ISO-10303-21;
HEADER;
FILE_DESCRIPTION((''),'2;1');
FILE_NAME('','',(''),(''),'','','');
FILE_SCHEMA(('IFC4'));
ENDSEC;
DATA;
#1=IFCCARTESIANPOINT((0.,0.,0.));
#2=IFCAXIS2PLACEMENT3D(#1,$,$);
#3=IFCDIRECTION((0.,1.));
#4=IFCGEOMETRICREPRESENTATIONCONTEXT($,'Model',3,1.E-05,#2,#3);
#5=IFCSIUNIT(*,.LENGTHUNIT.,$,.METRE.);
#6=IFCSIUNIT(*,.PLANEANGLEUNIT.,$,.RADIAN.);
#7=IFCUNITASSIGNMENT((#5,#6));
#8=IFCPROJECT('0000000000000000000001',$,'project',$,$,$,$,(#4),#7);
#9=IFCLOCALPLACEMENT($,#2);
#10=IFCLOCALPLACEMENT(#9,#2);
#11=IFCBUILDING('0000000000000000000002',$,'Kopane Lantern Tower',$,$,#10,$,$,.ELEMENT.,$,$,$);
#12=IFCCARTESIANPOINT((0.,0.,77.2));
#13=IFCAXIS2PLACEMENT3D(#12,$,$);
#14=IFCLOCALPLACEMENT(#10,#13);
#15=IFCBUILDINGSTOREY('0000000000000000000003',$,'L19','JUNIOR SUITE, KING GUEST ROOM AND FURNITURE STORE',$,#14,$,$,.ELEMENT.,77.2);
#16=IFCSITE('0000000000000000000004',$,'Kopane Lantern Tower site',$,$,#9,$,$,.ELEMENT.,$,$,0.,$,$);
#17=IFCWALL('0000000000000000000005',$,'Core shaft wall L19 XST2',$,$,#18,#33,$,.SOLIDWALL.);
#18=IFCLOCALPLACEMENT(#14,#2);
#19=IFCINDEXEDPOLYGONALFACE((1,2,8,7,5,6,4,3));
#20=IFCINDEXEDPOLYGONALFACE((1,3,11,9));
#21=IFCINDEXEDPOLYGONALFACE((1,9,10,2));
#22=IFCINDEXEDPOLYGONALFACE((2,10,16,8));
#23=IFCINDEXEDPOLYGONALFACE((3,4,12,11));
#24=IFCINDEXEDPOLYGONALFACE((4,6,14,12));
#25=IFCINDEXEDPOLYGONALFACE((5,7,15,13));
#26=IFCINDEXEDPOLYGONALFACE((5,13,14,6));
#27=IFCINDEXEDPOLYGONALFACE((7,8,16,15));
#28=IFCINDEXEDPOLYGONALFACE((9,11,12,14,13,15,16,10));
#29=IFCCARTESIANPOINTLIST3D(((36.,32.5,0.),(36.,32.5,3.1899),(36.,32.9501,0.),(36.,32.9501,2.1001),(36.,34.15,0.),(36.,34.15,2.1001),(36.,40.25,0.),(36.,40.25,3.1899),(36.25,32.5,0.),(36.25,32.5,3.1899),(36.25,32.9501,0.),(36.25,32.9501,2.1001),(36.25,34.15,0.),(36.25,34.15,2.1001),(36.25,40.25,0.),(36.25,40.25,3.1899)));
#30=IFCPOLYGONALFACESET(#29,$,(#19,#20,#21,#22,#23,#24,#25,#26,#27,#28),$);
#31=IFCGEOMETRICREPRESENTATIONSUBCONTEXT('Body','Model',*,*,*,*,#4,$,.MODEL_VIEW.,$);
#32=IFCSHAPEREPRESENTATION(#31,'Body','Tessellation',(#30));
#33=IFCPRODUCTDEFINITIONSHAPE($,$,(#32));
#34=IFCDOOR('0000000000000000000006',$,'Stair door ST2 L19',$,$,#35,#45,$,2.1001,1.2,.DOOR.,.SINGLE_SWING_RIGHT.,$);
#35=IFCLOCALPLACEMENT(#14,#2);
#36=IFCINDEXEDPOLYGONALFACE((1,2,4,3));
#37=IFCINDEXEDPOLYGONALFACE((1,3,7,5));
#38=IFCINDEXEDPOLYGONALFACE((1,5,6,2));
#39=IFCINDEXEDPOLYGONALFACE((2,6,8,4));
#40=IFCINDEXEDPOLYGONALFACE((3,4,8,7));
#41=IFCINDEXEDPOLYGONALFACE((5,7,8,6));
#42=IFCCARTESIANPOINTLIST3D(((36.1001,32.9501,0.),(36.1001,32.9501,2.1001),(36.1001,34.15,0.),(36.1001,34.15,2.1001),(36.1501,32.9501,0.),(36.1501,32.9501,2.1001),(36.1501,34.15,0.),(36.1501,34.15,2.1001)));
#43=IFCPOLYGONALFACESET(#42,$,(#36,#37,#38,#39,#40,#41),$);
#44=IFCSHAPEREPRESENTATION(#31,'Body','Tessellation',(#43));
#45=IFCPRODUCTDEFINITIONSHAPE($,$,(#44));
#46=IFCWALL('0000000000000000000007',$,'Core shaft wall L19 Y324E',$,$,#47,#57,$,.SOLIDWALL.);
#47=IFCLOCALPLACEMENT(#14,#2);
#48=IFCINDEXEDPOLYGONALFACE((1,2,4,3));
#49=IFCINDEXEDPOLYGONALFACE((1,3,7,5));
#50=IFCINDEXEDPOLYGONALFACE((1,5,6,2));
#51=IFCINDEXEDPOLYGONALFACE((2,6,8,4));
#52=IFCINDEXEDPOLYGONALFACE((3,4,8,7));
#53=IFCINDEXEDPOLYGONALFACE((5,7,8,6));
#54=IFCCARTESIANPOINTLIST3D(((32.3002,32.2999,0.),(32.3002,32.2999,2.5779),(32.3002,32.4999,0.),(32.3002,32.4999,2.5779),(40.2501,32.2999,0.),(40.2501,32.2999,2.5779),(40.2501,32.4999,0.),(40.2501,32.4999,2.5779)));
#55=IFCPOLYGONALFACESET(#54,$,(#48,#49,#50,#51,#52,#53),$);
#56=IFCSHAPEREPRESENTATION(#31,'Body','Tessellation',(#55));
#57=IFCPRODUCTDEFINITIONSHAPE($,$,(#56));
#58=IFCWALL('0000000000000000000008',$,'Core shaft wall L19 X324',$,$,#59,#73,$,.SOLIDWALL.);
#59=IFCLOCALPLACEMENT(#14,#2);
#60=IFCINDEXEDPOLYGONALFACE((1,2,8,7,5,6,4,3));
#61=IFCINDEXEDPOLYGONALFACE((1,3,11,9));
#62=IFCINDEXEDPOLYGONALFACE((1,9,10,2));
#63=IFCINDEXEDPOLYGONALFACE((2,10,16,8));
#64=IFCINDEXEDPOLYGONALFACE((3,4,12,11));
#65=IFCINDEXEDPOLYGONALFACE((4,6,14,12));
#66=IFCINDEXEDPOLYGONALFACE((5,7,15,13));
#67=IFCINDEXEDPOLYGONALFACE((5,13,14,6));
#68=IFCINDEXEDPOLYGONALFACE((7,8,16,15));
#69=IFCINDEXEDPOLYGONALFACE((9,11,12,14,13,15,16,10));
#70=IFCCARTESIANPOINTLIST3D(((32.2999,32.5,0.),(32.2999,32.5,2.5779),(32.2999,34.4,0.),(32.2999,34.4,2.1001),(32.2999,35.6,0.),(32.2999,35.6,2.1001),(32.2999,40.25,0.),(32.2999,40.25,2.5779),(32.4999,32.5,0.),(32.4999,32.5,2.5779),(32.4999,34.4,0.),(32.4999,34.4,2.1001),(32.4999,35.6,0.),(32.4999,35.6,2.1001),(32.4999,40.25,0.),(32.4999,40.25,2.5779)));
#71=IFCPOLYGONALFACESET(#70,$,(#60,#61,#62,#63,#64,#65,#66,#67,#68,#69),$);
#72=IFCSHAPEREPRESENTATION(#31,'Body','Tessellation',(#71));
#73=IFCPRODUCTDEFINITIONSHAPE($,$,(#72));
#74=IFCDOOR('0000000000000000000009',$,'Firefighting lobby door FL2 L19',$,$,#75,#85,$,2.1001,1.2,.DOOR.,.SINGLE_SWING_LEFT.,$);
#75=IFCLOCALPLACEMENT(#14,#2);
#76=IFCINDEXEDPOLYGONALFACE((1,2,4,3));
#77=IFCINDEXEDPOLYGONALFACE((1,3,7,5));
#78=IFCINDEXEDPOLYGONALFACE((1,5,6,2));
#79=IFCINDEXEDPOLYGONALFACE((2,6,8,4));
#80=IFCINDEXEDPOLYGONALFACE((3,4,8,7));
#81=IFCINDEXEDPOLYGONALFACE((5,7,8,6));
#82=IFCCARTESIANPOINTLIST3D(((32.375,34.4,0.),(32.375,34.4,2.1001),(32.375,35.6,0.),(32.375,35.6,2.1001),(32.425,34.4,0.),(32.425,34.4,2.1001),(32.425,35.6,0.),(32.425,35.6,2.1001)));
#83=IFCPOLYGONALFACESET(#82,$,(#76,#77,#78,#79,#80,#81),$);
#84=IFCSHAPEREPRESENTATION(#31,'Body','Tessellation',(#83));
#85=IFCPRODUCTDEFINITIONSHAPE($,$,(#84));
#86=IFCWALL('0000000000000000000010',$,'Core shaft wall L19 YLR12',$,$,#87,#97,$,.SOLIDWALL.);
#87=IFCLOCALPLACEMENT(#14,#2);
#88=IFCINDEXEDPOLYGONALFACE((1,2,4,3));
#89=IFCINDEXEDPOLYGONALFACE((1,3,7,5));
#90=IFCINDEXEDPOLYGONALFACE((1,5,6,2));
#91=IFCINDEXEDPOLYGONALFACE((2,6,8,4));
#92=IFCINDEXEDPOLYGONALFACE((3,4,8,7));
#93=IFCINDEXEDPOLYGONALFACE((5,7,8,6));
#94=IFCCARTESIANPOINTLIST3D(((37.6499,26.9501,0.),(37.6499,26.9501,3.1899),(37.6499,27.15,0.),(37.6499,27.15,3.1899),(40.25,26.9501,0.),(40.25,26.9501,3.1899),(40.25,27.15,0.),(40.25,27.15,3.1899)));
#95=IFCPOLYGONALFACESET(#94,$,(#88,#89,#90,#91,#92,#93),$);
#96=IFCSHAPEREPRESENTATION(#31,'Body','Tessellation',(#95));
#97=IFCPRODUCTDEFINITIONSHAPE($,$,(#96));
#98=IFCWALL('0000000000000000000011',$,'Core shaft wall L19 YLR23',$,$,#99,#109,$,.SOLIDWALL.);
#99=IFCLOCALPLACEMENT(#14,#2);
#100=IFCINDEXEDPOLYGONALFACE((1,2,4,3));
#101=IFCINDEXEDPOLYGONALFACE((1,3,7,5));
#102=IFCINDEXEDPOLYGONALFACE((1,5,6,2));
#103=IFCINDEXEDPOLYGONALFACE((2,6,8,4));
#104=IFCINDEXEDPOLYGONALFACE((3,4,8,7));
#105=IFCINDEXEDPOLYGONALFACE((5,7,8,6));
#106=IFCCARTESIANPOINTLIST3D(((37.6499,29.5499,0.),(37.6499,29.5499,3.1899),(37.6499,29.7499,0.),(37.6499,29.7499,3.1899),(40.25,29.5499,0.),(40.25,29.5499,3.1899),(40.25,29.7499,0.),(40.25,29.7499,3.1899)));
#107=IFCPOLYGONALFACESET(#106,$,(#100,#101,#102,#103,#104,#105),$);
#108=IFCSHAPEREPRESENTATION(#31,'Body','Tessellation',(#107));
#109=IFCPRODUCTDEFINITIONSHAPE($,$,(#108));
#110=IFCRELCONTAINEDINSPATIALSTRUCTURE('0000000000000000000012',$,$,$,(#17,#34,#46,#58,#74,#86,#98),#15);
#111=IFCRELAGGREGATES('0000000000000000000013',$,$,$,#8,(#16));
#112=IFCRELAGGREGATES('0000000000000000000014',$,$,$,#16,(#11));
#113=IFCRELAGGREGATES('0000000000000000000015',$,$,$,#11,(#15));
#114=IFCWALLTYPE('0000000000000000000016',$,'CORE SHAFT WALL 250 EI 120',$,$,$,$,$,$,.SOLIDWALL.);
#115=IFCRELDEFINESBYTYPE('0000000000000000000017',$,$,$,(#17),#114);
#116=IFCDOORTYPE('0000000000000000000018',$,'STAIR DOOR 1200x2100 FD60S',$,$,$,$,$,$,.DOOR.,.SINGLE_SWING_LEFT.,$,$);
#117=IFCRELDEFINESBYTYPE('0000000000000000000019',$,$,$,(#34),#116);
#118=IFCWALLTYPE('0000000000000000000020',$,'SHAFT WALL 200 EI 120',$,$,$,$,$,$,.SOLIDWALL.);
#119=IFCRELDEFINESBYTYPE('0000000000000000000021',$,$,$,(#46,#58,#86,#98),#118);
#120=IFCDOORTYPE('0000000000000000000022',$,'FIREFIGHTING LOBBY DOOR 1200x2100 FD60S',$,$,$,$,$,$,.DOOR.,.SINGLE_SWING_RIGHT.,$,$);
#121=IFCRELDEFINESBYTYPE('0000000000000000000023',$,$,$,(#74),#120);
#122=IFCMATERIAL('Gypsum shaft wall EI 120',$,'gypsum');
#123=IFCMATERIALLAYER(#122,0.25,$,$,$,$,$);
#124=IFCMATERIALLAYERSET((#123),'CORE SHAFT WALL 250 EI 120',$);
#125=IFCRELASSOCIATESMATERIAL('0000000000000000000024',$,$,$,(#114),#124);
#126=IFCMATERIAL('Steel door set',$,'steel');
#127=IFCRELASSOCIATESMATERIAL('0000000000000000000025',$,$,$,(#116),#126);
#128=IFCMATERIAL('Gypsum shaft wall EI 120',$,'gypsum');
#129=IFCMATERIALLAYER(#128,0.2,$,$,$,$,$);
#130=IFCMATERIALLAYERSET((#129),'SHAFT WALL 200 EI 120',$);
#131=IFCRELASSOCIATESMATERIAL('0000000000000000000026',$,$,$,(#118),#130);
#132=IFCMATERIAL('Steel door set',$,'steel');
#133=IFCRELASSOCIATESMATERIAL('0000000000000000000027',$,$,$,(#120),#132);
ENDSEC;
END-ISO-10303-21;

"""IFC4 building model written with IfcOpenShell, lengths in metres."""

from ifc_helpers import new_model, si_unit, direction, frame, frame_2d, origin, place, context, subcontext, project, spatial, rectangle, extrude, material, layer, layer_set, type_object, element, fill, save


model = new_model("IFC4")

# Units and contexts
model_context = context("Model", 3, precision=1e-05, world=origin(), true_north=direction((0.0, 1.0)))
body_context = subcontext(model_context, "Body", "Model", "MODEL_VIEW")
ifc_project = project(units=[si_unit("LENGTHUNIT", "METRE"), si_unit("PLANEANGLEUNIT", "RADIAN")], contexts=[model_context])

# Site, building, storey
site_placement = place(None, origin())
site = spatial("IfcSite", under=ifc_project, at=site_placement, Name="Kopane Lantern Tower site", CompositionType="ELEMENT", RefElevation=0.0)
building_placement = place(site_placement, origin())
building = spatial("IfcBuilding", under=site, at=building_placement, Name="Kopane Lantern Tower", CompositionType="ELEMENT")
storey_placement = place(building_placement, frame((0.0, 0.0, 77.2)))
storey = spatial("IfcBuildingStorey", under=building, at=storey_placement, Name="L19", Description="JUNIOR SUITE, KING GUEST ROOM AND FURNITURE STORE", CompositionType="ELEMENT", Elevation=77.2)

# Shared definitions
ifc_material_1 = material(Name="Gypsum shaft wall EI 120", Category="gypsum")
ifc_layer_1 = layer(ifc_material_1, 0.25)
ifc_layer_set_1 = layer_set([ifc_layer_1], Name="CORE SHAFT WALL 250 EI 120")
wall_type_1 = type_object("IfcWallType", Name="CORE SHAFT WALL 250 EI 120", PredefinedType="SOLIDWALL", material=ifc_layer_set_1)

# Wall, opening, door
wall_1_placement = place(storey_placement, frame((36.125, 32.5, 0.0), z_axis=(0.0, 0.0, 1.0), x_axis=(0.0, 1.0, 0.0)))
wall_1 = element("IfcWall", 1, at=wall_1_placement, inside=storey, type_object=wall_type_1, Name="Core shaft wall L19 XST2", PredefinedType="SOLIDWALL", context=body_context, shape_type="SweptSolid", body=[
    extrude(rectangle(XDim=7.75, YDim=0.25, at=frame_2d((3.875, 0.0))), origin(), (0.0, 0.0, 1.0), 3.1899),
])
opening_1_placement = place(wall_1_placement, frame((0.45, 0.0, 0.0)))
opening_1 = element("IfcOpeningElement", 2, at=opening_1_placement, cuts=wall_1, PredefinedType="OPENING", context=body_context, shape_type="SweptSolid", body=[
    extrude(rectangle(XDim=1.2, YDim=2.1001, at=frame_2d((0.6001, 1.05))), frame((0.0, 0.135, 0.0), z_axis=(0.0, -1.0, 0.0), x_axis=(1.0, 0.0, 0.0)), (0.0, 0.0, 1.0), 0.27),
])
ifc_material_2 = material(Name="Steel door set", Category="steel")
door_type_1 = type_object("IfcDoorType", Name="STAIR DOOR 1200x2100 FD60S", OperationType="SINGLE_SWING_LEFT", PredefinedType="DOOR", material=ifc_material_2)
door_1_placement = place(opening_1_placement, origin())
door_1 = element("IfcDoor", 3, at=door_1_placement, inside=storey, type_object=door_type_1, Name="Stair door ST2 L19", OperationType="SINGLE_SWING_RIGHT", OverallHeight=2.1001, OverallWidth=1.2, PredefinedType="DOOR", context=body_context, shape_type="SweptSolid", body=[
    extrude(rectangle(XDim=1.2, YDim=2.1001, at=frame_2d((0.6001, 1.05))), frame((0.0, 0.0249, 0.0), z_axis=(0.0, -1.0, 0.0), x_axis=(1.0, 0.0, 0.0)), (0.0, 0.0, 1.0), 0.05),
])
fill(opening_1, door_1)

# Wall
ifc_material_3 = material(Name="Gypsum shaft wall EI 120", Category="gypsum")
ifc_layer_2 = layer(ifc_material_3, 0.2)
ifc_layer_set_2 = layer_set([ifc_layer_2], Name="SHAFT WALL 200 EI 120")
wall_type_2 = type_object("IfcWallType", Name="SHAFT WALL 200 EI 120", PredefinedType="SOLIDWALL", material=ifc_layer_set_2)
wall_2_placement = place(storey_placement, frame((32.3, 32.3999, 0.0), z_axis=(0.0, 0.0, 1.0), x_axis=(1.0, 0.0, 0.0)))
element("IfcWall", 4, at=wall_2_placement, inside=storey, type_object=wall_type_2, Name="Core shaft wall L19 Y324E", PredefinedType="SOLIDWALL", context=body_context, shape_type="SweptSolid", body=[
    extrude(rectangle(XDim=7.95, YDim=0.2, at=frame_2d((3.9751, 0.0))), origin(), (0.0, 0.0, 1.0), 2.5779),
])

# Wall, opening, door
wall_3_placement = place(storey_placement, frame((32.3999, 32.5, 0.0), z_axis=(0.0, 0.0, 1.0), x_axis=(0.0, 1.0, 0.0)))
wall_3 = element("IfcWall", 5, at=wall_3_placement, inside=storey, type_object=wall_type_2, Name="Core shaft wall L19 X324", PredefinedType="SOLIDWALL", context=body_context, shape_type="SweptSolid", body=[
    extrude(rectangle(XDim=7.75, YDim=0.2, at=frame_2d((3.875, 0.0))), origin(), (0.0, 0.0, 1.0), 2.5779),
])
opening_2_placement = place(wall_3_placement, frame((1.8999, 0.0, 0.0)))
opening_2 = element("IfcOpeningElement", 6, at=opening_2_placement, cuts=wall_3, PredefinedType="OPENING", context=body_context, shape_type="SweptSolid", body=[
    extrude(rectangle(XDim=1.2, YDim=2.1001, at=frame_2d((0.6001, 1.05))), frame((0.0, 0.1099, 0.0), z_axis=(0.0, -1.0, 0.0), x_axis=(1.0, 0.0, 0.0)), (0.0, 0.0, 1.0), 0.22),
])
ifc_material_4 = material(Name="Steel door set", Category="steel")
door_type_2 = type_object("IfcDoorType", Name="FIREFIGHTING LOBBY DOOR 1200x2100 FD60S", OperationType="SINGLE_SWING_RIGHT", PredefinedType="DOOR", material=ifc_material_4)
door_2_placement = place(opening_2_placement, origin())
door_2 = element("IfcDoor", 7, at=door_2_placement, inside=storey, type_object=door_type_2, Name="Firefighting lobby door FL2 L19", OperationType="SINGLE_SWING_LEFT", OverallHeight=2.1001, OverallWidth=1.2, PredefinedType="DOOR", context=body_context, shape_type="SweptSolid", body=[
    extrude(rectangle(XDim=1.2, YDim=2.1001, at=frame_2d((0.6001, 1.05))), frame((0.0, 0.0249, 0.0), z_axis=(0.0, -1.0, 0.0), x_axis=(1.0, 0.0, 0.0)), (0.0, 0.0, 1.0), 0.05),
])
fill(opening_2, door_2)

# Walls
for number, where, z_axis, x_axis, name in (
    (8, (37.6499, 27.05, 0.0), (0.0, 0.0, 1.0), (1.0, 0.0, 0.0), "Core shaft wall L19 YLR12"),
    (9, (37.6499, 29.6499, 0.0), (0.0, 0.0, 1.0), (1.0, 0.0, 0.0), "Core shaft wall L19 YLR23"),
):
    element("IfcWall", number, at=place(storey_placement, frame(where, z_axis=z_axis, x_axis=x_axis)), inside=storey, type_object=wall_type_2, Name=name, PredefinedType="SOLIDWALL", context=body_context, shape_type="SweptSolid", body=[
        extrude(rectangle(XDim=2.6001, YDim=0.2, at=frame_2d((1.3, 0.0))), origin(), (0.0, 0.0, 1.0), 3.1899),
    ])

save(model, "model.ifc")
